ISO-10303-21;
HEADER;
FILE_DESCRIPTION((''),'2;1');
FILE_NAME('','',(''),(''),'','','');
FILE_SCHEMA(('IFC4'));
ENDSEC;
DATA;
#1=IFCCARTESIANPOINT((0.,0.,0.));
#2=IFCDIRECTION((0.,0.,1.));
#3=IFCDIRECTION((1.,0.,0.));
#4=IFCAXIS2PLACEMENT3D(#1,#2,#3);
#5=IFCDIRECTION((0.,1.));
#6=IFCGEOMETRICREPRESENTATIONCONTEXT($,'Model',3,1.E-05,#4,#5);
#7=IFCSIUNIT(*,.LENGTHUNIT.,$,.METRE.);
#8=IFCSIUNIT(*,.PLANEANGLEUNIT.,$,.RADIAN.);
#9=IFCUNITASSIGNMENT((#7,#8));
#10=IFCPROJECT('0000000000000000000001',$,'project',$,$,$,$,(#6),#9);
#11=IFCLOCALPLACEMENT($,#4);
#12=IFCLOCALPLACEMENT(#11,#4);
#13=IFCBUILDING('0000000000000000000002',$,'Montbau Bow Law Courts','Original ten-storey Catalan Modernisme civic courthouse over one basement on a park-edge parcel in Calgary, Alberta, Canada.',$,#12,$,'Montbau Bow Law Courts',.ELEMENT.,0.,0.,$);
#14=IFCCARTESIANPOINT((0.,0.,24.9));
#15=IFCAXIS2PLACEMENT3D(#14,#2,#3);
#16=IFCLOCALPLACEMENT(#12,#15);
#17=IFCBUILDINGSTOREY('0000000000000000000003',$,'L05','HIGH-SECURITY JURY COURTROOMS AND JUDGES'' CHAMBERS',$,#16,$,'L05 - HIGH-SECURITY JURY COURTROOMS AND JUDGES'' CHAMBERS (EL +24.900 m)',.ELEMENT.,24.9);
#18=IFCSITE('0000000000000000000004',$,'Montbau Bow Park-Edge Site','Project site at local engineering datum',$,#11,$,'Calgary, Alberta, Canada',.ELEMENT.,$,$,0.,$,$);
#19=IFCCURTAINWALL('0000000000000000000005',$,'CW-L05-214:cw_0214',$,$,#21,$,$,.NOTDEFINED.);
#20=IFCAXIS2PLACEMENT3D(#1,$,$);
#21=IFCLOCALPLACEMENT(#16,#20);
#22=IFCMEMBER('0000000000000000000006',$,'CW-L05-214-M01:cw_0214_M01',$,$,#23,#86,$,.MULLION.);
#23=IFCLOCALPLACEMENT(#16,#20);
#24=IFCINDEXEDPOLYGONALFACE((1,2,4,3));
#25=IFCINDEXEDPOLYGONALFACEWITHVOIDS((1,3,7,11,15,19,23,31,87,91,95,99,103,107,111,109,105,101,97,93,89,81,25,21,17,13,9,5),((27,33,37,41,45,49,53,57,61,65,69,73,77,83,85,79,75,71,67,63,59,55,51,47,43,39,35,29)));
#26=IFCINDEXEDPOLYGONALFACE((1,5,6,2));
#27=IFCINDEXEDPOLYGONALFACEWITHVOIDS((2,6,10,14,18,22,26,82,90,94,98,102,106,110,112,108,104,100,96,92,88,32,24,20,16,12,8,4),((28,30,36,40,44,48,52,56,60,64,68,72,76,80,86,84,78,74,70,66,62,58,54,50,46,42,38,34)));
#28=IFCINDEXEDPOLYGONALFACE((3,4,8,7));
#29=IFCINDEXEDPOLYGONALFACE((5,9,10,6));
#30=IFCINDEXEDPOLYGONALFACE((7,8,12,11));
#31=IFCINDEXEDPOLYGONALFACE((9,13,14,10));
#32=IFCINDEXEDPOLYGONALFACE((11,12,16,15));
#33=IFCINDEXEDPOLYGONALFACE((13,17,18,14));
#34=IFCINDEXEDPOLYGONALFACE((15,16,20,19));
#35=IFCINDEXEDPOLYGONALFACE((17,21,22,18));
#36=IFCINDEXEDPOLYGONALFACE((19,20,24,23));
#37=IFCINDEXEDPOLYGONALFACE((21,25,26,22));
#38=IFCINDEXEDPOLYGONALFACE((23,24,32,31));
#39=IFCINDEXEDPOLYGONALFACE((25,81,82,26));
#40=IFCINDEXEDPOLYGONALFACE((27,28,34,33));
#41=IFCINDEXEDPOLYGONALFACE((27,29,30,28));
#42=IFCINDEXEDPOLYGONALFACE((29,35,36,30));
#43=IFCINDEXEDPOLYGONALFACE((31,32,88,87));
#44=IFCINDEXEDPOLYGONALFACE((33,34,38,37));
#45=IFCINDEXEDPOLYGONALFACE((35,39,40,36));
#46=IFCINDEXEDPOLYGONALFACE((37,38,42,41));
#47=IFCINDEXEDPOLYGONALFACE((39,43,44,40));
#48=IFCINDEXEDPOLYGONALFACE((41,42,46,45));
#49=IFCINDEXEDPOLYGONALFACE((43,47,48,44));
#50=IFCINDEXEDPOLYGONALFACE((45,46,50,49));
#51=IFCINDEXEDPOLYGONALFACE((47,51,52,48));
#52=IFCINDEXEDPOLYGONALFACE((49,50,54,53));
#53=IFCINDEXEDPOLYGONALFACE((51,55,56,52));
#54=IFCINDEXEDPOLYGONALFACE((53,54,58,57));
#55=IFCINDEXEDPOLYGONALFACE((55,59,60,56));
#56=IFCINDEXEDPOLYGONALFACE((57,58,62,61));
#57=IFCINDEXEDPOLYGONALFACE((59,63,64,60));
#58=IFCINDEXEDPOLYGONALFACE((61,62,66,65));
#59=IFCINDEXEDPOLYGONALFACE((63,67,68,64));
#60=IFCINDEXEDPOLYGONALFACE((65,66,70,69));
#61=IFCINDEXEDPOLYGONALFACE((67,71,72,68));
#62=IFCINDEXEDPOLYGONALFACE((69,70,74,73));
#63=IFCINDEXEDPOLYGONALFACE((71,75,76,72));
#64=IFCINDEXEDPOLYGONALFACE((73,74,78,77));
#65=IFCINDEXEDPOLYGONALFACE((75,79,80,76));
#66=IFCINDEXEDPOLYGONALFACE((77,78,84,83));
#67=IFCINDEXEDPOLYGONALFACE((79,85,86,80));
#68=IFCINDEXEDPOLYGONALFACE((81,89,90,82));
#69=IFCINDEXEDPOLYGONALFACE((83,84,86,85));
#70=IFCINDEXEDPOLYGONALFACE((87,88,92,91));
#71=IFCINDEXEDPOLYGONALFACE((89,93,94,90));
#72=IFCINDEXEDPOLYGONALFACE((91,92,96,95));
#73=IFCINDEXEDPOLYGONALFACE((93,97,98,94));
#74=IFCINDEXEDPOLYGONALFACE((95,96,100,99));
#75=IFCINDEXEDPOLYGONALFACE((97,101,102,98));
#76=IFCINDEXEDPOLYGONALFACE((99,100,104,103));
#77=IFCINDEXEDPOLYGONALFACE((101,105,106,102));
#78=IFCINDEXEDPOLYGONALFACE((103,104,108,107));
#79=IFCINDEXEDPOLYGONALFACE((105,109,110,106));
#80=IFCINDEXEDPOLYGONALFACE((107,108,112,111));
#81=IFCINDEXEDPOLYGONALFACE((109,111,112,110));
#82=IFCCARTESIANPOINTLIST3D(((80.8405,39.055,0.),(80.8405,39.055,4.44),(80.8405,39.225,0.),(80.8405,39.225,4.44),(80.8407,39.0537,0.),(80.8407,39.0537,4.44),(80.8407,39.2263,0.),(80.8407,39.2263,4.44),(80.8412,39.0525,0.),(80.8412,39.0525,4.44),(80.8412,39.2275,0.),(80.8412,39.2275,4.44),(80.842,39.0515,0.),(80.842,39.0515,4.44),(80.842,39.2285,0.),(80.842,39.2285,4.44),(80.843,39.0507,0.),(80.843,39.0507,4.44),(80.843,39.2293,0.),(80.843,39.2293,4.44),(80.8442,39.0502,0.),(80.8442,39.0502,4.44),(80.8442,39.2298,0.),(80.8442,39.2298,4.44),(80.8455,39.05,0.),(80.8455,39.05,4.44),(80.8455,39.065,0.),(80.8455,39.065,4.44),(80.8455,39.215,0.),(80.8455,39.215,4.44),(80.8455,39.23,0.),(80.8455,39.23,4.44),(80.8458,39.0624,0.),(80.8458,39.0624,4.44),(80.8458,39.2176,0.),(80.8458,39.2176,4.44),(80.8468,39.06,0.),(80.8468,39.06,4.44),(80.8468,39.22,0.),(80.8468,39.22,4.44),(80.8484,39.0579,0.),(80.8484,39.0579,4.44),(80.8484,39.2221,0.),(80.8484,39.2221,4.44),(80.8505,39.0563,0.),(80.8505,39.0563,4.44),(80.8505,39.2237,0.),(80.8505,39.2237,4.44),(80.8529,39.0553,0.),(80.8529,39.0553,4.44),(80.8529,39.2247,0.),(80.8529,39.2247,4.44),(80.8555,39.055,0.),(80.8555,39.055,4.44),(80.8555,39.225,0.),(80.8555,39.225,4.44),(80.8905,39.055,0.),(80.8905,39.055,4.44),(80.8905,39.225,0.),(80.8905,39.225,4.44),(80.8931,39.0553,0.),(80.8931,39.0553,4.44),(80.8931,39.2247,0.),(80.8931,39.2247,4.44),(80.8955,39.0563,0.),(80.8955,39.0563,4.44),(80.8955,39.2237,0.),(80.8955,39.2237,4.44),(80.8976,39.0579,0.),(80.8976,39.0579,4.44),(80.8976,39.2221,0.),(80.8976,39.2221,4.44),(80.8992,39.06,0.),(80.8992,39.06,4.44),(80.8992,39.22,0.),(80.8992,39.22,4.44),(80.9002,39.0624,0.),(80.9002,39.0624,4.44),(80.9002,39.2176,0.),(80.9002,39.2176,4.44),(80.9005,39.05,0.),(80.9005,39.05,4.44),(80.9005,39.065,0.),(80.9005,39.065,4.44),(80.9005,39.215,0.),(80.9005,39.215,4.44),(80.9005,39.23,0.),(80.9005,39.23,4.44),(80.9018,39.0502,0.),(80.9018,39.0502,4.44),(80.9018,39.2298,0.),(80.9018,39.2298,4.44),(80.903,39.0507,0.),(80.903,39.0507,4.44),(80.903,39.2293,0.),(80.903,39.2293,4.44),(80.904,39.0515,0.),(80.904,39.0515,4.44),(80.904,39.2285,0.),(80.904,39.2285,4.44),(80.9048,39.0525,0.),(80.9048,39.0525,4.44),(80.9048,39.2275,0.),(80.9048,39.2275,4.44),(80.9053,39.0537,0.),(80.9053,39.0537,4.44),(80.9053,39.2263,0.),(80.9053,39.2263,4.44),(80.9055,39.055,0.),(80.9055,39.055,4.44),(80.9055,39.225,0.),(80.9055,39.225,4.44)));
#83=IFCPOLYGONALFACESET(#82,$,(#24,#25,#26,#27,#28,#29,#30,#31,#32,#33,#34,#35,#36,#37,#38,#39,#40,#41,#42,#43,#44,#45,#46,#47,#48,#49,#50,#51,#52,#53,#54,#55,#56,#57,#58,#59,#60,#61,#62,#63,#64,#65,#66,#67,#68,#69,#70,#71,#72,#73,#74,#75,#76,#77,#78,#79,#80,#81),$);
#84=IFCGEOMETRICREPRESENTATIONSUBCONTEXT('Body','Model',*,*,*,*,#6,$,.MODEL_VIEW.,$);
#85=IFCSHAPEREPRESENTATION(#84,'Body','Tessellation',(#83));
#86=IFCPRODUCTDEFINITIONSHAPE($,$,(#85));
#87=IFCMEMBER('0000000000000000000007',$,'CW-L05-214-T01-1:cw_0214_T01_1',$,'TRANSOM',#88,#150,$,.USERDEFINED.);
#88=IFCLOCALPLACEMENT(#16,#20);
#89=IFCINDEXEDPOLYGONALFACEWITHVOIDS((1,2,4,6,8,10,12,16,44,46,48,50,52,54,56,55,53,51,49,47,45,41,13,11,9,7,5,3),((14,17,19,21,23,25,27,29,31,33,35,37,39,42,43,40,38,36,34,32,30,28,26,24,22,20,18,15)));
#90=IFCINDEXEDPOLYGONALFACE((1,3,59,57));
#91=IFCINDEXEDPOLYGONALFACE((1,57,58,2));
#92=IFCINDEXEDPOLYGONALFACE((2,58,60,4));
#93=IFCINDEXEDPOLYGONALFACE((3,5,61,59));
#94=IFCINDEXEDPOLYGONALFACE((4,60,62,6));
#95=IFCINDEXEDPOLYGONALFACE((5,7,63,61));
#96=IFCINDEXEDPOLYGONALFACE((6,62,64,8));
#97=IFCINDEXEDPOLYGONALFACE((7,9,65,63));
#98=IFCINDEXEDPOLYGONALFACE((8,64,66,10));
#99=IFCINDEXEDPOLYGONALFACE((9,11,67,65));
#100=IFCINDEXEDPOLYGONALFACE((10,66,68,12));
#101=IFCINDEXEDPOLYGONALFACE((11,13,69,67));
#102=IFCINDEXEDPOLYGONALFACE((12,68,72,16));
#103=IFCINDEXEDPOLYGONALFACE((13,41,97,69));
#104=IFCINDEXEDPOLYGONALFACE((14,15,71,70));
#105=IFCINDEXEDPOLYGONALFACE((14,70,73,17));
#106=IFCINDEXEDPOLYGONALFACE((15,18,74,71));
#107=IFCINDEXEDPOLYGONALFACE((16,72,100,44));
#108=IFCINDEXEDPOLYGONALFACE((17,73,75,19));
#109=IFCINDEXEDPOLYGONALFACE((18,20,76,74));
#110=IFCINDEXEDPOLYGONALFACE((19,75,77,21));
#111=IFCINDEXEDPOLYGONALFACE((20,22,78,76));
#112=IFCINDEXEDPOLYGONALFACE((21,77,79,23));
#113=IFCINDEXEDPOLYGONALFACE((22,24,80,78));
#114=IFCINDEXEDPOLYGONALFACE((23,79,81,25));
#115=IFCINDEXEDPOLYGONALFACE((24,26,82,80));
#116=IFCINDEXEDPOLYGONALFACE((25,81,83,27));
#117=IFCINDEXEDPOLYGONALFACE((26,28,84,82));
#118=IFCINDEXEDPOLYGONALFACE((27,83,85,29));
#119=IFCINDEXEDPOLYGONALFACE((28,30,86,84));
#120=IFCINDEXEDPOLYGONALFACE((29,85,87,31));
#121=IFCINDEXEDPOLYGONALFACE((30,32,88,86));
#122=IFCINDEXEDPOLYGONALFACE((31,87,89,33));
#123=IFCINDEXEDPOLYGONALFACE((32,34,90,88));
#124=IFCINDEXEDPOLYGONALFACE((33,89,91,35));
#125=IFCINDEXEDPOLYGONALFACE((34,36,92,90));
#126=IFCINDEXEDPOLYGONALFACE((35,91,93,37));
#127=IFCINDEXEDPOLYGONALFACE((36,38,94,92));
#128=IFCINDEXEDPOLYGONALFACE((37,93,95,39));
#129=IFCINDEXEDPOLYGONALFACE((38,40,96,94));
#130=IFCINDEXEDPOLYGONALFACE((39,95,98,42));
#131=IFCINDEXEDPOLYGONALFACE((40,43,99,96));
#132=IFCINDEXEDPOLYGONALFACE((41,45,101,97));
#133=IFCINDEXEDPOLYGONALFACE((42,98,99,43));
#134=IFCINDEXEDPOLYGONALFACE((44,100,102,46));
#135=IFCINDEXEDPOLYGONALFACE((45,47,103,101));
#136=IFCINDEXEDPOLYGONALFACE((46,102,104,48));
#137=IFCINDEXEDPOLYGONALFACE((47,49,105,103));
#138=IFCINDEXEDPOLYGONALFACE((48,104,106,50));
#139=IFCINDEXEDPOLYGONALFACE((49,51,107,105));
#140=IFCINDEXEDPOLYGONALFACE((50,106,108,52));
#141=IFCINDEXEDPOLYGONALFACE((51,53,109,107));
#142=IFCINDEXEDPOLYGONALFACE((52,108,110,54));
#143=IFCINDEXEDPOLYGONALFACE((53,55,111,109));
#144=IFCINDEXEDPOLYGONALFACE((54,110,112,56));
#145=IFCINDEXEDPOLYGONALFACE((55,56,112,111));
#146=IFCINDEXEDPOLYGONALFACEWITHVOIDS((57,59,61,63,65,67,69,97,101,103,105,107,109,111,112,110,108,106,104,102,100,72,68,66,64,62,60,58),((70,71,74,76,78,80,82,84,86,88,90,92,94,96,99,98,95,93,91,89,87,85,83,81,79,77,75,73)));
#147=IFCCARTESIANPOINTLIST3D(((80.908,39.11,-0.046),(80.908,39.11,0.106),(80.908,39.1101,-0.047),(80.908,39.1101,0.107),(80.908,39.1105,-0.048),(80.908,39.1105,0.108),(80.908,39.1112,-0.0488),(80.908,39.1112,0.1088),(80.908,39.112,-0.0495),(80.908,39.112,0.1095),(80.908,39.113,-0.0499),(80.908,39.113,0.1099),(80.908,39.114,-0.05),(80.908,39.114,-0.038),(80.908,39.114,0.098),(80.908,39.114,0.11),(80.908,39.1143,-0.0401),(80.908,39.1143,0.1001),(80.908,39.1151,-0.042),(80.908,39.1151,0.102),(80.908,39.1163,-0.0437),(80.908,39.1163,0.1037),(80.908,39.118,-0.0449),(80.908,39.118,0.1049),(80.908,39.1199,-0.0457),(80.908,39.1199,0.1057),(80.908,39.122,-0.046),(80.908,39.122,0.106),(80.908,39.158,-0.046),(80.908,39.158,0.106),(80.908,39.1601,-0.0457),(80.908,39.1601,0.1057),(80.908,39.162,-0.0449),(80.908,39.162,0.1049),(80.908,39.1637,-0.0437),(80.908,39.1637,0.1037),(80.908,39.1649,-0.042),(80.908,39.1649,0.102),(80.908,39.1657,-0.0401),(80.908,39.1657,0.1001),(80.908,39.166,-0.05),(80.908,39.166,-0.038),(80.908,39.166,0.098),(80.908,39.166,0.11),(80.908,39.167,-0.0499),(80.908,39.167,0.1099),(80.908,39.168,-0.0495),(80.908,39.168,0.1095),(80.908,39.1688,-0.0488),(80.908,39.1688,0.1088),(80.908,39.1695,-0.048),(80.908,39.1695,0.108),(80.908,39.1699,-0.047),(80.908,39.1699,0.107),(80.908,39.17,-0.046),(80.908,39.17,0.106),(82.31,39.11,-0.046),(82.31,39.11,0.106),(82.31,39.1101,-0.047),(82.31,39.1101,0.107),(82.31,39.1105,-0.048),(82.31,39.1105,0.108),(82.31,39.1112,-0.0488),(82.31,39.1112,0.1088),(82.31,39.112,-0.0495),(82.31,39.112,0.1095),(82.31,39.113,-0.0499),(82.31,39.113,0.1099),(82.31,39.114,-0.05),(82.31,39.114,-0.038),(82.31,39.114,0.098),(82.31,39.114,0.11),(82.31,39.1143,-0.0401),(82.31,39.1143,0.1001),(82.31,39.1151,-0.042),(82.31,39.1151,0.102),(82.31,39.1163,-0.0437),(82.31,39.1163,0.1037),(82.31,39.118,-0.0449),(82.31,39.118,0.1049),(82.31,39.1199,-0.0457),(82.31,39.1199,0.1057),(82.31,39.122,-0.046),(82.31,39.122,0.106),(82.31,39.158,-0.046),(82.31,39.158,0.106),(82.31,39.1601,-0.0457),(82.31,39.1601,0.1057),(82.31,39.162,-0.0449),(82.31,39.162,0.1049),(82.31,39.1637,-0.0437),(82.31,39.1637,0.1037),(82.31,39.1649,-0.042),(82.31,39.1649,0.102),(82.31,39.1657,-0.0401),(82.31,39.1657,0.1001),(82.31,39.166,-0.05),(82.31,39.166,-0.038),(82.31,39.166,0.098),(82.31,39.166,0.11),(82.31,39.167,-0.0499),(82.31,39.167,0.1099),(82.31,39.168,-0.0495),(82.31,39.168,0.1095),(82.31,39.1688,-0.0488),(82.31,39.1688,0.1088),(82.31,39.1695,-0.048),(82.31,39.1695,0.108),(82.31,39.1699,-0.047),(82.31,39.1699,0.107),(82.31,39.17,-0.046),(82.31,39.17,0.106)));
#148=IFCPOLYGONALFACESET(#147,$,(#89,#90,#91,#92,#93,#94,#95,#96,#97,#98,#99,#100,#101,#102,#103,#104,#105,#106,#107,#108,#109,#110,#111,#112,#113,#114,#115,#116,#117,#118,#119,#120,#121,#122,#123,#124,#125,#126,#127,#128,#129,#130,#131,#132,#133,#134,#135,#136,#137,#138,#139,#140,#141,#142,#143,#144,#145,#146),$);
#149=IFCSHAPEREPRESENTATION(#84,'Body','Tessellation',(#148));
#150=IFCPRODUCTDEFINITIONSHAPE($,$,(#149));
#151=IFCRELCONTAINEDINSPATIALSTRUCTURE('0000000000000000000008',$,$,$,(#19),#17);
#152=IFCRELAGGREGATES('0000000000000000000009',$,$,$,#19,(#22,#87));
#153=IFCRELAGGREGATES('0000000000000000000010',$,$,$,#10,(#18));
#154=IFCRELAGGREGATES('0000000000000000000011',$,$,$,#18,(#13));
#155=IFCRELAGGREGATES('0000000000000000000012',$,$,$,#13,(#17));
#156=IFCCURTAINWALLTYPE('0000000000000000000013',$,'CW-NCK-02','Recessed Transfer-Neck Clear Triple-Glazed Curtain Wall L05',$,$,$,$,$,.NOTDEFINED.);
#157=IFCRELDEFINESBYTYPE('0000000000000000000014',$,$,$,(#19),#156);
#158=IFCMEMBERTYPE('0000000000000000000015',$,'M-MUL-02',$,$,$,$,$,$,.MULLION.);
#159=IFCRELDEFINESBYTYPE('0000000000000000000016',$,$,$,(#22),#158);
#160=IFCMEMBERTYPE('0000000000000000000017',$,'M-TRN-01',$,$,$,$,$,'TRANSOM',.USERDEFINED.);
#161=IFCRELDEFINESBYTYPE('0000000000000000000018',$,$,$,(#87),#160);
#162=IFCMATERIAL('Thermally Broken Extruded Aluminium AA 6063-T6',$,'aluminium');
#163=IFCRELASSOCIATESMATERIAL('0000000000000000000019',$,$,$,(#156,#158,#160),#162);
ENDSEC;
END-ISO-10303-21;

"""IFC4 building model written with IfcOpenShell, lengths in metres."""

from ifc_helpers import new_model, si_unit, direction, frame, origin_with_axes, origin_2d_with_axis, place, context, subcontext, project, spatial, hollow_rectangle, extrude, material, material_profile, profile_set, type_object, element, aggregate, save


model = new_model("IFC4")

# Units and contexts
model_context = context("Model", 3, precision=1e-05, world=origin_with_axes(), true_north=direction((0.0, 1.0)))
body_context = subcontext(model_context, "Body", "Model", "MODEL_VIEW")
ifc_project = project(units=[si_unit("LENGTHUNIT", "METRE"), si_unit("PLANEANGLEUNIT", "RADIAN")], contexts=[model_context])

# Site, building, storey
site_placement = place(None, origin_with_axes())
site = spatial("IfcSite", under=ifc_project, at=site_placement, Name="Montbau Bow Park-Edge Site", Description="Project site at local engineering datum", LongName="Calgary, Alberta, Canada", CompositionType="ELEMENT", RefElevation=0.0)
building_placement = place(site_placement, origin_with_axes())
building = spatial("IfcBuilding", under=site, at=building_placement, Name="Montbau Bow Law Courts", Description="Original ten-storey Catalan Modernisme civic courthouse over one basement on a park-edge parcel in Calgary, Alberta, Canada.", LongName="Montbau Bow Law Courts", CompositionType="ELEMENT", ElevationOfRefHeight=0.0, ElevationOfTerrain=0.0)
storey_placement = place(building_placement, frame((0.0, 0.0, 24.9), z_axis=(0.0, 0.0, 1.0), x_axis=(1.0, 0.0, 0.0)))
storey = spatial("IfcBuildingStorey", under=building, at=storey_placement, Name="L05", Description="HIGH-SECURITY JURY COURTROOMS AND JUDGES' CHAMBERS", LongName="L05 - HIGH-SECURITY JURY COURTROOMS AND JUDGES' CHAMBERS (EL +24.900 m)", CompositionType="ELEMENT", Elevation=24.9)

# Curtain wall, members
ifc_material_1 = material(Name="Thermally Broken Extruded Aluminium AA 6063-T6", Category="aluminium")
curtain_wall_type = type_object("IfcCurtainWallType", Name="CW-NCK-02", Description="Recessed Transfer-Neck Clear Triple-Glazed Curtain Wall L05", PredefinedType="NOTDEFINED", material=ifc_material_1)
curtain_wall_1_placement = place(None, frame((80.84, 39.14, 24.9), z_axis=(0.0, 0.0, 1.0), x_axis=(1.0, 0.0, 0.0)))
curtain_wall_1 = element("IfcCurtainWall", 1, at=curtain_wall_1_placement, inside=storey, type_object=curtain_wall_type, Name="CW-L05-214:cw_0214", PredefinedType="NOTDEFINED")
ifc_material_profile_1 = material_profile(ifc_material_1, hollow_rectangle(XDim=0.065, YDim=0.18, WallThickness=0.005, InnerFilletRadius=0.01, OuterFilletRadius=0.005, at=origin_2d_with_axis()), Name="CWM-180X65", Category="Main", Priority=0)
ifc_profile_set_1 = profile_set([ifc_material_profile_1], Name="Thermally Broken Extruded Aluminium AA 6063-T6")
member_type_1 = type_object("IfcMemberType", Name="M-MUL-02", PredefinedType="MULLION", material=ifc_profile_set_1)
member_1_placement = place(None, frame((80.873, 39.14, 24.9), z_axis=(0.0, 0.0, 1.0), x_axis=(1.0, 0.0, 0.0)))
member_1 = element("IfcMember", 2, at=member_1_placement, type_object=member_type_1, Name="CW-L05-214-M01:cw_0214_M01", PredefinedType="MULLION", context=body_context, shape_type="SweptSolid", body=[
    extrude(hollow_rectangle(XDim=0.065, YDim=0.18, WallThickness=0.005, InnerFilletRadius=0.01, OuterFilletRadius=0.005, at=origin_2d_with_axis()), origin_with_axes(), (0.0, 0.0, 1.0), 4.44),
])
ifc_material_profile_2 = material_profile(ifc_material_1, hollow_rectangle(XDim=0.06, YDim=0.16, WallThickness=0.004, InnerFilletRadius=0.008, OuterFilletRadius=0.004, at=origin_2d_with_axis()), Name="CWT-160X60", Category="Main", Priority=0)
ifc_profile_set_2 = profile_set([ifc_material_profile_2], Name="Thermally Broken Extruded Aluminium AA 6063-T6")
member_type_2 = type_object("IfcMemberType", Name="M-TRN-01", ElementType="TRANSOM", PredefinedType="USERDEFINED", material=ifc_profile_set_2)
member_2_placement = place(None, frame((80.908, 39.14, 24.93), z_axis=(1.0, 0.0, 0.0), x_axis=(0.0, 1.0, 0.0)))
member_2 = element("IfcMember", 3, at=member_2_placement, type_object=member_type_2, Name="CW-L05-214-T01-1:cw_0214_T01_1", ObjectType="TRANSOM", PredefinedType="USERDEFINED", context=body_context, shape_type="SweptSolid", body=[
    extrude(hollow_rectangle(XDim=0.06, YDim=0.16, WallThickness=0.004, InnerFilletRadius=0.008, OuterFilletRadius=0.004, at=origin_2d_with_axis()), origin_with_axes(), (0.0, 0.0, 1.0), 1.402),
])

aggregate(curtain_wall_1, [member_1, member_2])

save(model, "model.ifc")
